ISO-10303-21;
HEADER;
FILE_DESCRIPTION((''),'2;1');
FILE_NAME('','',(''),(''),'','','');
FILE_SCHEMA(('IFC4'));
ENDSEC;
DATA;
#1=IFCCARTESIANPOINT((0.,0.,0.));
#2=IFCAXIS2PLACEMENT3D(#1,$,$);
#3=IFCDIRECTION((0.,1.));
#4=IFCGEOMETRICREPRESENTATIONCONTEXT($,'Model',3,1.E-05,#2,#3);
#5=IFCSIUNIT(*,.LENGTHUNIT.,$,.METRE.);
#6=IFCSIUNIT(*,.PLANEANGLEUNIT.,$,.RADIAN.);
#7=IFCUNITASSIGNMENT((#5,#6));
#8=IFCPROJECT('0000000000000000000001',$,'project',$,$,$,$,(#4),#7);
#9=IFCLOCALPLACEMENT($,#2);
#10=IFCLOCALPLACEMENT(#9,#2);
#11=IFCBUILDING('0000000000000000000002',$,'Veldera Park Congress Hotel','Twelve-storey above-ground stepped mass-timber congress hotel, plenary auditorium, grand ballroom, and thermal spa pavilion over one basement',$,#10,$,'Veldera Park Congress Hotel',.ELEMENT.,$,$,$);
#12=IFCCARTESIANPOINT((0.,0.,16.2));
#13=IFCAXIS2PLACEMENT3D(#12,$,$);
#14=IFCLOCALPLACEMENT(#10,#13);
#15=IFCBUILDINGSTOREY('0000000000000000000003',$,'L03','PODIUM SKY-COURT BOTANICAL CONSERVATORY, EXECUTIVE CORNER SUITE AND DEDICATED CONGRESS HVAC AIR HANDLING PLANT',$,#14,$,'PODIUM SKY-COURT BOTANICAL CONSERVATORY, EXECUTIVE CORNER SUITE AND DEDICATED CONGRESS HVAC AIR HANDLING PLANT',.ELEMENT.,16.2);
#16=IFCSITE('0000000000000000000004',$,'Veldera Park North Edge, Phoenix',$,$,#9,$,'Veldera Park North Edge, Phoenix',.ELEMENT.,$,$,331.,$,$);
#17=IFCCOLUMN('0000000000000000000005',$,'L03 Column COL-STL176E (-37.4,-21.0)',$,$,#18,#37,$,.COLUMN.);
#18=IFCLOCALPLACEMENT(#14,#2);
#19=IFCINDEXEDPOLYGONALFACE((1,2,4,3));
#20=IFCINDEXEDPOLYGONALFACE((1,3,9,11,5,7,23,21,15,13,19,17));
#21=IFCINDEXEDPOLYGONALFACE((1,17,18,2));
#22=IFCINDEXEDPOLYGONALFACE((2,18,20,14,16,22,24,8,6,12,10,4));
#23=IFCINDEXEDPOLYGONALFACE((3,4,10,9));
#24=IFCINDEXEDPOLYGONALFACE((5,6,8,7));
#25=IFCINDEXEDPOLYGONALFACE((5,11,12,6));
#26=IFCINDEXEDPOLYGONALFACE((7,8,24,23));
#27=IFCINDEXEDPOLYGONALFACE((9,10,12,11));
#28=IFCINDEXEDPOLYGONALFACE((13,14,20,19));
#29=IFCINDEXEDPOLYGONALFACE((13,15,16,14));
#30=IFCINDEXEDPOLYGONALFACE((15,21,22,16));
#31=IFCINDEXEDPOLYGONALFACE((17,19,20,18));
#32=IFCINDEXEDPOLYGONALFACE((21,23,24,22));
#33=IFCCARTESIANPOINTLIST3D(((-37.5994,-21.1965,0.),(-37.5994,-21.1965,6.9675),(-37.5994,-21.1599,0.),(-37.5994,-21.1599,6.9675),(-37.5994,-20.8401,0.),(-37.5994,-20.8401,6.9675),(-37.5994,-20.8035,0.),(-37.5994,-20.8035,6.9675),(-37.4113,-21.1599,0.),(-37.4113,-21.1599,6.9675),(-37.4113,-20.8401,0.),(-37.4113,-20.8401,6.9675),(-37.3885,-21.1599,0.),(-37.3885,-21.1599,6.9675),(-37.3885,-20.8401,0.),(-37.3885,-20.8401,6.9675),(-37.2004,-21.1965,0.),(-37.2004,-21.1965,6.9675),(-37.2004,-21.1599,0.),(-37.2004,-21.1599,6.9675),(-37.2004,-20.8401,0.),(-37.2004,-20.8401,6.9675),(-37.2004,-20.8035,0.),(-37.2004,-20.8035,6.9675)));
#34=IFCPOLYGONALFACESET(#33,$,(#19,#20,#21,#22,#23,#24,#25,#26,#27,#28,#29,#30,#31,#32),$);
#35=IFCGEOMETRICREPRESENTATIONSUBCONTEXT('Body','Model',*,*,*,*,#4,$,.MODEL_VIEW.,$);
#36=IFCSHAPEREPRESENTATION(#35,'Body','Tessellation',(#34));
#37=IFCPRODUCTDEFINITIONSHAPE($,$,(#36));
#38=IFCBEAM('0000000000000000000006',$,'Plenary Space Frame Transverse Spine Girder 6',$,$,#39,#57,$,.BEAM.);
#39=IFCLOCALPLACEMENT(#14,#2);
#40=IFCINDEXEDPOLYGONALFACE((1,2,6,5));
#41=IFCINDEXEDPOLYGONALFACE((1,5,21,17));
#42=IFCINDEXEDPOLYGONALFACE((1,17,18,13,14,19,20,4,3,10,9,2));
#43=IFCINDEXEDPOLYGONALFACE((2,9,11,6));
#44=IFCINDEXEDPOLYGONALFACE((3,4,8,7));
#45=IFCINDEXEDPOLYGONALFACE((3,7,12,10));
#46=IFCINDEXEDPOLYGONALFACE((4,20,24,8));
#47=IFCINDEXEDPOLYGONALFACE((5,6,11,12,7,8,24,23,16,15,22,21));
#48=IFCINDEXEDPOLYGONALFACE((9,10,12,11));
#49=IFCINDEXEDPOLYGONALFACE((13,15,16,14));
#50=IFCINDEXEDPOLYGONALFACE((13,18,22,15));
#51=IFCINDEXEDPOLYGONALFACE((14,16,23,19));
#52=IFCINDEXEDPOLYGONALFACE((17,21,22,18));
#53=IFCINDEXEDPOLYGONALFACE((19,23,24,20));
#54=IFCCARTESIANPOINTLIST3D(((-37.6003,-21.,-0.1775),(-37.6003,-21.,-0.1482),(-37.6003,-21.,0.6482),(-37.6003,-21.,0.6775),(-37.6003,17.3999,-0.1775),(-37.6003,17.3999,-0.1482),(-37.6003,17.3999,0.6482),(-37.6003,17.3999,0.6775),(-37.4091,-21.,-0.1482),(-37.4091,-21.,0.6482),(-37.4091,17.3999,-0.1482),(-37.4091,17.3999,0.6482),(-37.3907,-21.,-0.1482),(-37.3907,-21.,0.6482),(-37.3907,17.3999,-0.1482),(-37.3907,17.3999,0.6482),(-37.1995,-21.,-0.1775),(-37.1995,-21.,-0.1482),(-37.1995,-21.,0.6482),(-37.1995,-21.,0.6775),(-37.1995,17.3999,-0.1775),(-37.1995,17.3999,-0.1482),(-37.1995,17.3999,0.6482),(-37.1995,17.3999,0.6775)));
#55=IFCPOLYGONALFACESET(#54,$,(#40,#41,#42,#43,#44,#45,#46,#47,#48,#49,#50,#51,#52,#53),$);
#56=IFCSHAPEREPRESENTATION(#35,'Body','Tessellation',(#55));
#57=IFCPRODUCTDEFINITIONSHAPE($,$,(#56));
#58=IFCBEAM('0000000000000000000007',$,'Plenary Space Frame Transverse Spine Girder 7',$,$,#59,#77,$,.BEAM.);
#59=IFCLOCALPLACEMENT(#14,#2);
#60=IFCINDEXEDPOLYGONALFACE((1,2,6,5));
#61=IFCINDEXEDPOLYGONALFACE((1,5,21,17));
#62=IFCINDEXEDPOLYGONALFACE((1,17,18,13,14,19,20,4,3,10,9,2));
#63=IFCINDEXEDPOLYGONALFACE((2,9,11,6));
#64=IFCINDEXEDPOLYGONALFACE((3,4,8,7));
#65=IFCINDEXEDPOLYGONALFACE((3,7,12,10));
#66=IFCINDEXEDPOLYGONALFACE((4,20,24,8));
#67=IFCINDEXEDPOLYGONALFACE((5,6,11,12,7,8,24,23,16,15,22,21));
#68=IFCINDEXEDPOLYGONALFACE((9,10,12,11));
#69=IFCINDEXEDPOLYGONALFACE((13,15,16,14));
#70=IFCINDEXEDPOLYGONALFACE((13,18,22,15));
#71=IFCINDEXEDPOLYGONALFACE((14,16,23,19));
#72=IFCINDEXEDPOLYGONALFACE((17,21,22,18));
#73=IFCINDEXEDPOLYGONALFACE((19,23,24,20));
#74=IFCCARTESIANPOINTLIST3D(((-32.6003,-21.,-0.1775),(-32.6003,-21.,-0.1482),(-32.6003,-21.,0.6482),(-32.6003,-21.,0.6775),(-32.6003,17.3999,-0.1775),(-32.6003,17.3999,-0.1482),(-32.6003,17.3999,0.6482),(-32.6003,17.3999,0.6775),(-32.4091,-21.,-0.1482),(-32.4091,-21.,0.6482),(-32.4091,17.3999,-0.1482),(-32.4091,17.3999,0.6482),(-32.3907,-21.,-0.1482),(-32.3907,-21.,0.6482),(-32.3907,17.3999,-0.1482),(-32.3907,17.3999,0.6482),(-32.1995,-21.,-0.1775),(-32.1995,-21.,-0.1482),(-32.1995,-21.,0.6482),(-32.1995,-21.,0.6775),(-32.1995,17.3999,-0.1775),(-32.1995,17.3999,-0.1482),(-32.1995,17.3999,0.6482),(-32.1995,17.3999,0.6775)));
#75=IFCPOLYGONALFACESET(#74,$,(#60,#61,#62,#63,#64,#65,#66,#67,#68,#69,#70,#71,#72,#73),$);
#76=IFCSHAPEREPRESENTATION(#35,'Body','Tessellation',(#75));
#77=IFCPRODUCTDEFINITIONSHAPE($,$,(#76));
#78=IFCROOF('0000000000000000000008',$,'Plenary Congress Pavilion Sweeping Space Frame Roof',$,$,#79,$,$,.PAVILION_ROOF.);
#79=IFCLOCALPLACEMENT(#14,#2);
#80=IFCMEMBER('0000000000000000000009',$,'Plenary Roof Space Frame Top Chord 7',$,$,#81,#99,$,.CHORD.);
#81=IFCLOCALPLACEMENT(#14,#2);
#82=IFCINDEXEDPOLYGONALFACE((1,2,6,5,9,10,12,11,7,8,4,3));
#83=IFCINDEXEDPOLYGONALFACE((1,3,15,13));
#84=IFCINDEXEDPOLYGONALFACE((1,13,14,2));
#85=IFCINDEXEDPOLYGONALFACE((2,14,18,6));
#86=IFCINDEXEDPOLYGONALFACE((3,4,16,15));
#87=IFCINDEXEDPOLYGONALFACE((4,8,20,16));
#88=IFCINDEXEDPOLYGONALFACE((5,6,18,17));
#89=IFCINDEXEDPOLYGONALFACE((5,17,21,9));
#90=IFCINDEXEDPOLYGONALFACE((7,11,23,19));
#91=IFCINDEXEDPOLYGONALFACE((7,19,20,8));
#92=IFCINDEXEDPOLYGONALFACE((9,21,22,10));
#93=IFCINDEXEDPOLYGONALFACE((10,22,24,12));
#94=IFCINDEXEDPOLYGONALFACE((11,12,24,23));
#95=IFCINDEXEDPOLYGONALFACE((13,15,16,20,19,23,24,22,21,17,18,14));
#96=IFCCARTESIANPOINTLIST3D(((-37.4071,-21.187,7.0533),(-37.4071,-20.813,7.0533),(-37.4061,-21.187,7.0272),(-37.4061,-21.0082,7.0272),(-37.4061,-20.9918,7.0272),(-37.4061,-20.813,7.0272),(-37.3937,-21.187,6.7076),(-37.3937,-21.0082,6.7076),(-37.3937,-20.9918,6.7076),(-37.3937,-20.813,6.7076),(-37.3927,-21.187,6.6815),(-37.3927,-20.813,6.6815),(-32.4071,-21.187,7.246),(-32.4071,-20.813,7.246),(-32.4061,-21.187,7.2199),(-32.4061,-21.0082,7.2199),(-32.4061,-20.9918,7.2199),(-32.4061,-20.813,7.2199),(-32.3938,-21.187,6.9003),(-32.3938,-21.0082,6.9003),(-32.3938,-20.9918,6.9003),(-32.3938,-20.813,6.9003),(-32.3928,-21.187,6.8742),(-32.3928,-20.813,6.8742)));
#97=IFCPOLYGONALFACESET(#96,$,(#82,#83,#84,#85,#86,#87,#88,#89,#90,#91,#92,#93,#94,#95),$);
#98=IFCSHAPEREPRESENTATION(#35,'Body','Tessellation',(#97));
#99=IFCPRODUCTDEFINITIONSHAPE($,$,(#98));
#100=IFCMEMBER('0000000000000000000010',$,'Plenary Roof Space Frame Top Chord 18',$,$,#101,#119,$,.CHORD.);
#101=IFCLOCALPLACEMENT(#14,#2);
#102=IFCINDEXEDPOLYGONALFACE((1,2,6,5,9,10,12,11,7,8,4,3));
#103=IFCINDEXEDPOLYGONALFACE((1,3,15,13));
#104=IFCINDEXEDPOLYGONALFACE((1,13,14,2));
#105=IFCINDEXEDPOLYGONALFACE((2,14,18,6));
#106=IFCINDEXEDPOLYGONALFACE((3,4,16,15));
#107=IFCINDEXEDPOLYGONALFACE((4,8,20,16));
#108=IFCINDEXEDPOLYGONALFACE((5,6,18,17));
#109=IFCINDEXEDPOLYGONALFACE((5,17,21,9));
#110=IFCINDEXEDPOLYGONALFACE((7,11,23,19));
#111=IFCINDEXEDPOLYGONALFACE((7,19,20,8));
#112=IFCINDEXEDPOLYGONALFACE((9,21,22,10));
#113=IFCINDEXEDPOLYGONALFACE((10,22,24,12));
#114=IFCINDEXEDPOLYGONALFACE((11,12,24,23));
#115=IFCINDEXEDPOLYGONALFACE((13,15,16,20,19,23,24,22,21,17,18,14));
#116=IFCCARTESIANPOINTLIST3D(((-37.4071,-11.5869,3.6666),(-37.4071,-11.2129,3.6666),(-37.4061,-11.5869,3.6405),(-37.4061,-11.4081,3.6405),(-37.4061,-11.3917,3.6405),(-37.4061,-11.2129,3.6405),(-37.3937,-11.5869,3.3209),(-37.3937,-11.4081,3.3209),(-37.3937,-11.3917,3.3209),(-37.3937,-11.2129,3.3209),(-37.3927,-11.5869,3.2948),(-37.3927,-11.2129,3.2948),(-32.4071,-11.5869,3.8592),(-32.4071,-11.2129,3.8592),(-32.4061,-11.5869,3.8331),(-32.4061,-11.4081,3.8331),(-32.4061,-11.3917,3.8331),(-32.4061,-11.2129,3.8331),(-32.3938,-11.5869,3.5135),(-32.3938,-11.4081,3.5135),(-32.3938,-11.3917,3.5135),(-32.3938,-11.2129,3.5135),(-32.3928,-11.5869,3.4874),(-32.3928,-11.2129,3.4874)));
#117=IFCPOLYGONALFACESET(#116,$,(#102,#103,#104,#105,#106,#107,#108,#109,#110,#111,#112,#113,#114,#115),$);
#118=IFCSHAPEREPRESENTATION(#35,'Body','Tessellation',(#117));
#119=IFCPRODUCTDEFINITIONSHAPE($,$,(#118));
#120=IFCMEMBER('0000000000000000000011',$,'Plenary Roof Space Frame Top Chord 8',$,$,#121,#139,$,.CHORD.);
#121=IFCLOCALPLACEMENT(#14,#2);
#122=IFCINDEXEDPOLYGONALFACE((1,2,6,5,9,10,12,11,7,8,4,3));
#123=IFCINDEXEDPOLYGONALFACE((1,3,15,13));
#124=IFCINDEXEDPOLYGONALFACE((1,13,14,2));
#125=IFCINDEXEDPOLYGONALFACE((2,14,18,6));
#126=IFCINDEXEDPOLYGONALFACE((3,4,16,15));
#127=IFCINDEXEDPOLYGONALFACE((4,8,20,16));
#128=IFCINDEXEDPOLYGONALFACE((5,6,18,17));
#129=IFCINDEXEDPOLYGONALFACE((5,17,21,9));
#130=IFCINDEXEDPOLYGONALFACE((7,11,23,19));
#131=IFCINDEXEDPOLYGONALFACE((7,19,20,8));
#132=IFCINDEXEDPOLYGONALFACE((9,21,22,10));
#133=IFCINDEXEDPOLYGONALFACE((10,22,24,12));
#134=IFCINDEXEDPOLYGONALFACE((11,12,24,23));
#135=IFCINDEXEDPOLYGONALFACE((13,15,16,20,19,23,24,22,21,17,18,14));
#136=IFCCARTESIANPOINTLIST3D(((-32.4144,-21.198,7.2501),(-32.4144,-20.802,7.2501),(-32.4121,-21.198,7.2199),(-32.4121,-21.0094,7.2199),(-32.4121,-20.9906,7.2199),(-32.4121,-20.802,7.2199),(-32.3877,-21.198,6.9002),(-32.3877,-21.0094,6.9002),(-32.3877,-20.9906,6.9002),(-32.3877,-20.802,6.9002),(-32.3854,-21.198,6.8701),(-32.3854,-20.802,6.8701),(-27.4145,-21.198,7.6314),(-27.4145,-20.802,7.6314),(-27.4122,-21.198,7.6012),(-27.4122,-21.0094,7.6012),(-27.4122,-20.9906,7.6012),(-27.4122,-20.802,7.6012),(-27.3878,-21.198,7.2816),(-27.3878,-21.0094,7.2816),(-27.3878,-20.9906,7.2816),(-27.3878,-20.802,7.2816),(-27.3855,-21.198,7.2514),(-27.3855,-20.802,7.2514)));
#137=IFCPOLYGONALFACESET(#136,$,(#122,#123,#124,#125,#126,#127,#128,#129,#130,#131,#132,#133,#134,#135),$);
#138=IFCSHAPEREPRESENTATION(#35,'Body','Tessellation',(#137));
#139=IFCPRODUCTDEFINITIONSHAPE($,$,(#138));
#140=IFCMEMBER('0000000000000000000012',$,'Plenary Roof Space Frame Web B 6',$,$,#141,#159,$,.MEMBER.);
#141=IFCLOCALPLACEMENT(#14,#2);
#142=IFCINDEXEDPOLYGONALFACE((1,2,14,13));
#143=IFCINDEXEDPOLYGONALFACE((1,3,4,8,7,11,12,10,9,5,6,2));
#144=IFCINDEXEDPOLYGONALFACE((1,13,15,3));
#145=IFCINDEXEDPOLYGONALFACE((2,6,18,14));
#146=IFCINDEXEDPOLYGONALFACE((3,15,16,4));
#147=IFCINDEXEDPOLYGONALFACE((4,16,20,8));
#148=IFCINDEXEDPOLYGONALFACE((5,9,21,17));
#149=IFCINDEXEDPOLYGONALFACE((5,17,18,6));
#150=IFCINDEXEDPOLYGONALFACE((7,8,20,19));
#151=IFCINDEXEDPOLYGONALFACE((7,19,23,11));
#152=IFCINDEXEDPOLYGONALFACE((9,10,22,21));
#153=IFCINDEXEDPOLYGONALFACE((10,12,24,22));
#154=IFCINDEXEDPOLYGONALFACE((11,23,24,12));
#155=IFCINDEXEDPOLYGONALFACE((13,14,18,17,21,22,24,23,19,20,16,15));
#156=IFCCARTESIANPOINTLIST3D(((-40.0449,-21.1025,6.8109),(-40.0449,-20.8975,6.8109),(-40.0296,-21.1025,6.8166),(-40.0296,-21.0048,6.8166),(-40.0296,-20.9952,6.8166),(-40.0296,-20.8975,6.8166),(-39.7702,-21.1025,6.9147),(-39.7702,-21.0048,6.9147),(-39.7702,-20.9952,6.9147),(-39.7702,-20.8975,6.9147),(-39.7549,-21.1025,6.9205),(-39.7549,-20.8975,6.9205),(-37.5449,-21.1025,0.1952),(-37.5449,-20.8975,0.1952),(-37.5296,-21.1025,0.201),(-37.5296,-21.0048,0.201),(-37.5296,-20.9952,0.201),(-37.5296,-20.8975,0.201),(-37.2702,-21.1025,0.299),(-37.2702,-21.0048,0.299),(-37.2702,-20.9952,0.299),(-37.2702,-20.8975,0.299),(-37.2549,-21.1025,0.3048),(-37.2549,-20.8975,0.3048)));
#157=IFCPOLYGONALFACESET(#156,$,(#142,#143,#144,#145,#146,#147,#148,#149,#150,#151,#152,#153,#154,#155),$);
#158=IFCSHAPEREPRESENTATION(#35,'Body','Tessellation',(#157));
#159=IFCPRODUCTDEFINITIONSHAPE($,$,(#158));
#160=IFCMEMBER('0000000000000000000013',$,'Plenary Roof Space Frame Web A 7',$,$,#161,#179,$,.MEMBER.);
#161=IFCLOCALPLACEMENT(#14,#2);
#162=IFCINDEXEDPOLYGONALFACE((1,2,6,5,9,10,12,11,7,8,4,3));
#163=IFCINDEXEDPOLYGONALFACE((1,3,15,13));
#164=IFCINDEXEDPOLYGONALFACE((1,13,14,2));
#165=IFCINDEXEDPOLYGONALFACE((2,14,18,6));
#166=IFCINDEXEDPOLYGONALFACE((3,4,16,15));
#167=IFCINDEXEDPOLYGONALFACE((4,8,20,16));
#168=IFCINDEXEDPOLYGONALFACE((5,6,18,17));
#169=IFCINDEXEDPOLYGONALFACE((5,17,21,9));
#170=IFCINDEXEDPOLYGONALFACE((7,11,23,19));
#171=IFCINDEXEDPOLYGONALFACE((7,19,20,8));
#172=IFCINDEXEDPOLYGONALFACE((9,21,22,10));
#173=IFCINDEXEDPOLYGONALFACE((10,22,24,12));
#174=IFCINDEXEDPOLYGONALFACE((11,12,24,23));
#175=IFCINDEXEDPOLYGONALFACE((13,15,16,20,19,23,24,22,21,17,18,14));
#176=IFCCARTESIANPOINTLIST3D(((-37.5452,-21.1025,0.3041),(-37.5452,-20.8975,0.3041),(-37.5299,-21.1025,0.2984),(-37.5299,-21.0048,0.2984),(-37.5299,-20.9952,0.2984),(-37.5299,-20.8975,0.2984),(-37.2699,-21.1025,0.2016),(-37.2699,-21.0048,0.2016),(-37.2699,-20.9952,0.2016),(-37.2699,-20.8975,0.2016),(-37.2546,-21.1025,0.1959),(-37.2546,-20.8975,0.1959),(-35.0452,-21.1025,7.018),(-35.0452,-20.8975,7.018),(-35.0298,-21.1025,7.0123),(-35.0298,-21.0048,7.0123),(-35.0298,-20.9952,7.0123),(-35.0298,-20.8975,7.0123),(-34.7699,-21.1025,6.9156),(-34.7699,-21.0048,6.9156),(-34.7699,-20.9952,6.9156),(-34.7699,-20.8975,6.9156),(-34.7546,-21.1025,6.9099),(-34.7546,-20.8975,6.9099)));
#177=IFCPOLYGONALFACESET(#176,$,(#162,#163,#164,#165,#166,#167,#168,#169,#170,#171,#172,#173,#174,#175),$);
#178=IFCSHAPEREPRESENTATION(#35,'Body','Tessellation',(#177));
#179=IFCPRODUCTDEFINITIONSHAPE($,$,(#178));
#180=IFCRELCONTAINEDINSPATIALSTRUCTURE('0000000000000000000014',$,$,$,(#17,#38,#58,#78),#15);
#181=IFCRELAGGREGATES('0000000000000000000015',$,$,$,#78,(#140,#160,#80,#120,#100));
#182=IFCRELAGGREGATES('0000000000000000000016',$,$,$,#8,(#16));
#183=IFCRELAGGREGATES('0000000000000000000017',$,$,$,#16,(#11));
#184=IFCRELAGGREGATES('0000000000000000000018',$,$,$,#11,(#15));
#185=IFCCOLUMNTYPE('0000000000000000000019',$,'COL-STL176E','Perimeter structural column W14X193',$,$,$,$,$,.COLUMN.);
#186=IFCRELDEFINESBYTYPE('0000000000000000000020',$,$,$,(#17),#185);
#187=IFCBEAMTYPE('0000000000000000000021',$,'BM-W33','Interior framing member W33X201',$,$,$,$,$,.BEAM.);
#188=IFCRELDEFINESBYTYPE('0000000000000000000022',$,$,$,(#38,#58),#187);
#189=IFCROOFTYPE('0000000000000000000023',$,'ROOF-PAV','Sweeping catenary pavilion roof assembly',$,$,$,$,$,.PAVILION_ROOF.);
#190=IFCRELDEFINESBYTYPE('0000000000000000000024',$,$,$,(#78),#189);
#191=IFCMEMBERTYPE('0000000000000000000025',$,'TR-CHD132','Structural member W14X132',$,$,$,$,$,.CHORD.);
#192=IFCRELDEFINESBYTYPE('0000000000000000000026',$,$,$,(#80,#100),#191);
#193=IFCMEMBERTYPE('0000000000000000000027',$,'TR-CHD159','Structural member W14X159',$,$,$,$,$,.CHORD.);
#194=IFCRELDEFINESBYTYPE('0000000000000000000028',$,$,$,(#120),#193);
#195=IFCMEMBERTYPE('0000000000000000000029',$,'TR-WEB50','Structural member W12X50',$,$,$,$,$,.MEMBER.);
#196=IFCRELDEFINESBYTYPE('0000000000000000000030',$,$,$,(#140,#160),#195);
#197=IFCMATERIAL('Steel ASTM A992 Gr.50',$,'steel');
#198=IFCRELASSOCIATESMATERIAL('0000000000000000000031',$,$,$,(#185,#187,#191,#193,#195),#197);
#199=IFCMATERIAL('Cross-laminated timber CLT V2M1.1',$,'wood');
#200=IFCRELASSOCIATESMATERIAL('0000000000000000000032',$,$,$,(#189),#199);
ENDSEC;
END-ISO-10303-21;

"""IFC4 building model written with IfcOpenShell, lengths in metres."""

from ifc_helpers import new_model, si_unit, direction, frame, origin, origin_2d, place, context, subcontext, project, spatial, i_section, extrude, material, material_profile, profile_set, type_object, element, aggregate, save


model = new_model("IFC4")

# Units and contexts
model_context = context("Model", 3, precision=1e-05, world=origin(), true_north=direction((0.0, 1.0)))
body_context = subcontext(model_context, "Body", "Model", "MODEL_VIEW")
ifc_project = project(units=[si_unit("LENGTHUNIT", "METRE"), si_unit("PLANEANGLEUNIT", "RADIAN")], contexts=[model_context])

# Site, building, storey
site_placement = place(None, origin())
site = spatial("IfcSite", under=ifc_project, at=site_placement, Name="Veldera Park North Edge, Phoenix", LongName="Veldera Park North Edge, Phoenix", CompositionType="ELEMENT", RefElevation=331.0)
building_placement = place(site_placement, origin())
building = spatial("IfcBuilding", under=site, at=building_placement, Name="Veldera Park Congress Hotel", Description="Twelve-storey above-ground stepped mass-timber congress hotel, plenary auditorium, grand ballroom, and thermal spa pavilion over one basement", LongName="Veldera Park Congress Hotel", CompositionType="ELEMENT")
storey_placement = place(building_placement, frame((0.0, 0.0, 16.2)))
storey = spatial("IfcBuildingStorey", under=building, at=storey_placement, Name="L03", Description="PODIUM SKY-COURT BOTANICAL CONSERVATORY, EXECUTIVE CORNER SUITE AND DEDICATED CONGRESS HVAC AIR HANDLING PLANT", LongName="PODIUM SKY-COURT BOTANICAL CONSERVATORY, EXECUTIVE CORNER SUITE AND DEDICATED CONGRESS HVAC AIR HANDLING PLANT", CompositionType="ELEMENT", Elevation=16.2)

# Column
ifc_material_1 = material(Name="Steel ASTM A992 Gr.50", Category="steel")
ifc_material_profile_1 = material_profile(ifc_material_1, i_section(OverallWidth=0.3989, OverallDepth=0.3931, WebThickness=0.0227, FlangeThickness=0.0366, at=origin_2d()), Name="W14X193")
ifc_profile_set_1 = profile_set([ifc_material_profile_1], Name="Steel ASTM A992 Gr.50")
column_type = type_object("IfcColumnType", Name="COL-STL176E", Description="Perimeter structural column W14X193", PredefinedType="COLUMN", material=ifc_profile_set_1)
column_placement = place(storey_placement, frame((-37.3999, -21.0, 0.0), z_axis=(0.0, 0.0, 1.0), x_axis=(1.0, 0.0, 0.0)))
element("IfcColumn", 1, at=column_placement, inside=storey, type_object=column_type, Name="L03 Column COL-STL176E (-37.4,-21.0)", PredefinedType="COLUMN", context=body_context, shape_type="SweptSolid", body=[
    extrude(i_section(OverallWidth=0.3989, OverallDepth=0.3931, WebThickness=0.0227, FlangeThickness=0.0366, at=origin_2d()), origin(), (0.0, 0.0, 1.0), 6.9675),
])

# Beams
ifc_material_profile_2 = material_profile(ifc_material_1, i_section(OverallWidth=0.4009, OverallDepth=0.855, WebThickness=0.0183, FlangeThickness=0.0293, at=origin_2d()), Name="W33X201")
ifc_profile_set_2 = profile_set([ifc_material_profile_2], Name="Steel ASTM A992 Gr.50")
beam_type = type_object("IfcBeamType", Name="BM-W33", Description="Interior framing member W33X201", PredefinedType="BEAM", material=ifc_profile_set_2)
for number, where, z_axis, x_axis, name in (
    (2, (-37.3999, -21.0, 0.25), (0.0, 1.0, 0.0), (-1.0, 0.0, 0.0), "Plenary Space Frame Transverse Spine Girder 6"),
    (3, (-32.3999, -21.0, 0.25), (0.0, 1.0, 0.0), (-1.0, 0.0, 0.0), "Plenary Space Frame Transverse Spine Girder 7"),
):
    element("IfcBeam", number, at=place(storey_placement, frame(where, z_axis=z_axis, x_axis=x_axis)), inside=storey, type_object=beam_type, Name=name, PredefinedType="BEAM", context=body_context, shape_type="SweptSolid", body=[
        extrude(i_section(OverallWidth=0.4009, OverallDepth=0.855, WebThickness=0.0183, FlangeThickness=0.0293, at=origin_2d()), origin(), (0.0, 0.0, 1.0), 38.3999),
    ])

# Roof, members
ifc_material_2 = material(Name="Cross-laminated timber CLT V2M1.1", Category="wood")
roof_type = type_object("IfcRoofType", Name="ROOF-PAV", Description="Sweeping catenary pavilion roof assembly", PredefinedType="PAVILION_ROOF", material=ifc_material_2)
roof_placement = place(storey_placement, origin())
roof = element("IfcRoof", 4, at=roof_placement, inside=storey, type_object=roof_type, Name="Plenary Congress Pavilion Sweeping Space Frame Roof", PredefinedType="PAVILION_ROOF")
ifc_material_profile_3 = material_profile(ifc_material_1, i_section(OverallWidth=0.374, OverallDepth=0.3721, WebThickness=0.0164, FlangeThickness=0.0261, at=origin_2d()), Name="W14X132")
ifc_profile_set_3 = profile_set([ifc_material_profile_3], Name="Steel ASTM A992 Gr.50")
member_type_1 = type_object("IfcMemberType", Name="TR-CHD132", Description="Structural member W14X132", PredefinedType="CHORD", material=ifc_profile_set_3)
member_1_placement = place(storey_placement, frame((-37.3999, -21.0, 6.8674), z_axis=(0.999259, 0.0, 0.038497), x_axis=(0.0, 1.0, 0.0)))
member_1 = element("IfcMember", 5, at=member_1_placement, type_object=member_type_1, Name="Plenary Roof Space Frame Top Chord 7", PredefinedType="CHORD", context=body_context, shape_type="SweptSolid", body=[
    extrude(i_section(OverallWidth=0.374, OverallDepth=0.3721, WebThickness=0.0164, FlangeThickness=0.0261, at=origin_2d()), origin(), (0.0, 0.0, 1.0), 5.0037),
])
member_2_placement = place(storey_placement, frame((-37.3999, -11.3999, 3.4807), z_axis=(0.999259, 0.0, 0.038497), x_axis=(0.0, 1.0, 0.0)))
member_2 = element("IfcMember", 6, at=member_2_placement, type_object=member_type_1, Name="Plenary Roof Space Frame Top Chord 18", PredefinedType="CHORD", context=body_context, shape_type="SweptSolid", body=[
    extrude(i_section(OverallWidth=0.374, OverallDepth=0.3721, WebThickness=0.0164, FlangeThickness=0.0261, at=origin_2d()), origin(), (0.0, 0.0, 1.0), 5.0037),
])
ifc_material_profile_4 = material_profile(ifc_material_1, i_section(OverallWidth=0.396, OverallDepth=0.3811, WebThickness=0.0188, FlangeThickness=0.0303, at=origin_2d()), Name="W14X159")
ifc_profile_set_4 = profile_set([ifc_material_profile_4], Name="Steel ASTM A992 Gr.50")
member_type_2 = type_object("IfcMemberType", Name="TR-CHD159", Description="Structural member W14X159", PredefinedType="CHORD", material=ifc_profile_set_4)
member_3_placement = place(storey_placement, frame((-32.3999, -21.0, 7.0601), z_axis=(0.997104, 0.0, 0.076049), x_axis=(0.0, 1.0, 0.0)))
member_3 = element("IfcMember", 7, at=member_3_placement, type_object=member_type_2, Name="Plenary Roof Space Frame Top Chord 8", PredefinedType="CHORD", context=body_context, shape_type="SweptSolid", body=[
    extrude(i_section(OverallWidth=0.396, OverallDepth=0.3811, WebThickness=0.0188, FlangeThickness=0.0303, at=origin_2d()), origin(), (0.0, 0.0, 1.0), 5.0144),
])
ifc_material_profile_5 = material_profile(ifc_material_1, i_section(OverallWidth=0.2051, OverallDepth=0.3101, WebThickness=0.0095, FlangeThickness=0.0164, at=origin_2d()), Name="W12X50")
ifc_profile_set_5 = profile_set([ifc_material_profile_5], Name="Steel ASTM A992 Gr.50")
member_type_3 = type_object("IfcMemberType", Name="TR-WEB50", Description="Structural member W12X50", PredefinedType="MEMBER", material=ifc_profile_set_5)
member_4_placement = place(storey_placement, frame((-37.3999, -21.0, 0.25), z_axis=(-0.353491, 0.0, 0.935438), x_axis=(0.0, -1.0, 0.0)))
member_4 = element("IfcMember", 8, at=member_4_placement, type_object=member_type_3, Name="Plenary Roof Space Frame Web B 6", PredefinedType="MEMBER", context=body_context, shape_type="SweptSolid", body=[
    extrude(i_section(OverallWidth=0.2051, OverallDepth=0.3101, WebThickness=0.0095, FlangeThickness=0.0164, at=origin_2d()), origin(), (0.0, 0.0, 1.0), 7.0723),
])
member_5_placement = place(storey_placement, frame((-37.3999, -21.0, 0.25), z_axis=(0.348956, 0.0, 0.937139), x_axis=(0.0, 1.0, 0.0)))
member_5 = element("IfcMember", 9, at=member_5_placement, type_object=member_type_3, Name="Plenary Roof Space Frame Web A 7", PredefinedType="MEMBER", context=body_context, shape_type="SweptSolid", body=[
    extrude(i_section(OverallWidth=0.2051, OverallDepth=0.3101, WebThickness=0.0095, FlangeThickness=0.0164, at=origin_2d()), origin(), (0.0, 0.0, 1.0), 7.1643),
])
aggregate(roof, [member_4, member_5, member_1, member_3, member_2])

save(model, "model.ifc")
